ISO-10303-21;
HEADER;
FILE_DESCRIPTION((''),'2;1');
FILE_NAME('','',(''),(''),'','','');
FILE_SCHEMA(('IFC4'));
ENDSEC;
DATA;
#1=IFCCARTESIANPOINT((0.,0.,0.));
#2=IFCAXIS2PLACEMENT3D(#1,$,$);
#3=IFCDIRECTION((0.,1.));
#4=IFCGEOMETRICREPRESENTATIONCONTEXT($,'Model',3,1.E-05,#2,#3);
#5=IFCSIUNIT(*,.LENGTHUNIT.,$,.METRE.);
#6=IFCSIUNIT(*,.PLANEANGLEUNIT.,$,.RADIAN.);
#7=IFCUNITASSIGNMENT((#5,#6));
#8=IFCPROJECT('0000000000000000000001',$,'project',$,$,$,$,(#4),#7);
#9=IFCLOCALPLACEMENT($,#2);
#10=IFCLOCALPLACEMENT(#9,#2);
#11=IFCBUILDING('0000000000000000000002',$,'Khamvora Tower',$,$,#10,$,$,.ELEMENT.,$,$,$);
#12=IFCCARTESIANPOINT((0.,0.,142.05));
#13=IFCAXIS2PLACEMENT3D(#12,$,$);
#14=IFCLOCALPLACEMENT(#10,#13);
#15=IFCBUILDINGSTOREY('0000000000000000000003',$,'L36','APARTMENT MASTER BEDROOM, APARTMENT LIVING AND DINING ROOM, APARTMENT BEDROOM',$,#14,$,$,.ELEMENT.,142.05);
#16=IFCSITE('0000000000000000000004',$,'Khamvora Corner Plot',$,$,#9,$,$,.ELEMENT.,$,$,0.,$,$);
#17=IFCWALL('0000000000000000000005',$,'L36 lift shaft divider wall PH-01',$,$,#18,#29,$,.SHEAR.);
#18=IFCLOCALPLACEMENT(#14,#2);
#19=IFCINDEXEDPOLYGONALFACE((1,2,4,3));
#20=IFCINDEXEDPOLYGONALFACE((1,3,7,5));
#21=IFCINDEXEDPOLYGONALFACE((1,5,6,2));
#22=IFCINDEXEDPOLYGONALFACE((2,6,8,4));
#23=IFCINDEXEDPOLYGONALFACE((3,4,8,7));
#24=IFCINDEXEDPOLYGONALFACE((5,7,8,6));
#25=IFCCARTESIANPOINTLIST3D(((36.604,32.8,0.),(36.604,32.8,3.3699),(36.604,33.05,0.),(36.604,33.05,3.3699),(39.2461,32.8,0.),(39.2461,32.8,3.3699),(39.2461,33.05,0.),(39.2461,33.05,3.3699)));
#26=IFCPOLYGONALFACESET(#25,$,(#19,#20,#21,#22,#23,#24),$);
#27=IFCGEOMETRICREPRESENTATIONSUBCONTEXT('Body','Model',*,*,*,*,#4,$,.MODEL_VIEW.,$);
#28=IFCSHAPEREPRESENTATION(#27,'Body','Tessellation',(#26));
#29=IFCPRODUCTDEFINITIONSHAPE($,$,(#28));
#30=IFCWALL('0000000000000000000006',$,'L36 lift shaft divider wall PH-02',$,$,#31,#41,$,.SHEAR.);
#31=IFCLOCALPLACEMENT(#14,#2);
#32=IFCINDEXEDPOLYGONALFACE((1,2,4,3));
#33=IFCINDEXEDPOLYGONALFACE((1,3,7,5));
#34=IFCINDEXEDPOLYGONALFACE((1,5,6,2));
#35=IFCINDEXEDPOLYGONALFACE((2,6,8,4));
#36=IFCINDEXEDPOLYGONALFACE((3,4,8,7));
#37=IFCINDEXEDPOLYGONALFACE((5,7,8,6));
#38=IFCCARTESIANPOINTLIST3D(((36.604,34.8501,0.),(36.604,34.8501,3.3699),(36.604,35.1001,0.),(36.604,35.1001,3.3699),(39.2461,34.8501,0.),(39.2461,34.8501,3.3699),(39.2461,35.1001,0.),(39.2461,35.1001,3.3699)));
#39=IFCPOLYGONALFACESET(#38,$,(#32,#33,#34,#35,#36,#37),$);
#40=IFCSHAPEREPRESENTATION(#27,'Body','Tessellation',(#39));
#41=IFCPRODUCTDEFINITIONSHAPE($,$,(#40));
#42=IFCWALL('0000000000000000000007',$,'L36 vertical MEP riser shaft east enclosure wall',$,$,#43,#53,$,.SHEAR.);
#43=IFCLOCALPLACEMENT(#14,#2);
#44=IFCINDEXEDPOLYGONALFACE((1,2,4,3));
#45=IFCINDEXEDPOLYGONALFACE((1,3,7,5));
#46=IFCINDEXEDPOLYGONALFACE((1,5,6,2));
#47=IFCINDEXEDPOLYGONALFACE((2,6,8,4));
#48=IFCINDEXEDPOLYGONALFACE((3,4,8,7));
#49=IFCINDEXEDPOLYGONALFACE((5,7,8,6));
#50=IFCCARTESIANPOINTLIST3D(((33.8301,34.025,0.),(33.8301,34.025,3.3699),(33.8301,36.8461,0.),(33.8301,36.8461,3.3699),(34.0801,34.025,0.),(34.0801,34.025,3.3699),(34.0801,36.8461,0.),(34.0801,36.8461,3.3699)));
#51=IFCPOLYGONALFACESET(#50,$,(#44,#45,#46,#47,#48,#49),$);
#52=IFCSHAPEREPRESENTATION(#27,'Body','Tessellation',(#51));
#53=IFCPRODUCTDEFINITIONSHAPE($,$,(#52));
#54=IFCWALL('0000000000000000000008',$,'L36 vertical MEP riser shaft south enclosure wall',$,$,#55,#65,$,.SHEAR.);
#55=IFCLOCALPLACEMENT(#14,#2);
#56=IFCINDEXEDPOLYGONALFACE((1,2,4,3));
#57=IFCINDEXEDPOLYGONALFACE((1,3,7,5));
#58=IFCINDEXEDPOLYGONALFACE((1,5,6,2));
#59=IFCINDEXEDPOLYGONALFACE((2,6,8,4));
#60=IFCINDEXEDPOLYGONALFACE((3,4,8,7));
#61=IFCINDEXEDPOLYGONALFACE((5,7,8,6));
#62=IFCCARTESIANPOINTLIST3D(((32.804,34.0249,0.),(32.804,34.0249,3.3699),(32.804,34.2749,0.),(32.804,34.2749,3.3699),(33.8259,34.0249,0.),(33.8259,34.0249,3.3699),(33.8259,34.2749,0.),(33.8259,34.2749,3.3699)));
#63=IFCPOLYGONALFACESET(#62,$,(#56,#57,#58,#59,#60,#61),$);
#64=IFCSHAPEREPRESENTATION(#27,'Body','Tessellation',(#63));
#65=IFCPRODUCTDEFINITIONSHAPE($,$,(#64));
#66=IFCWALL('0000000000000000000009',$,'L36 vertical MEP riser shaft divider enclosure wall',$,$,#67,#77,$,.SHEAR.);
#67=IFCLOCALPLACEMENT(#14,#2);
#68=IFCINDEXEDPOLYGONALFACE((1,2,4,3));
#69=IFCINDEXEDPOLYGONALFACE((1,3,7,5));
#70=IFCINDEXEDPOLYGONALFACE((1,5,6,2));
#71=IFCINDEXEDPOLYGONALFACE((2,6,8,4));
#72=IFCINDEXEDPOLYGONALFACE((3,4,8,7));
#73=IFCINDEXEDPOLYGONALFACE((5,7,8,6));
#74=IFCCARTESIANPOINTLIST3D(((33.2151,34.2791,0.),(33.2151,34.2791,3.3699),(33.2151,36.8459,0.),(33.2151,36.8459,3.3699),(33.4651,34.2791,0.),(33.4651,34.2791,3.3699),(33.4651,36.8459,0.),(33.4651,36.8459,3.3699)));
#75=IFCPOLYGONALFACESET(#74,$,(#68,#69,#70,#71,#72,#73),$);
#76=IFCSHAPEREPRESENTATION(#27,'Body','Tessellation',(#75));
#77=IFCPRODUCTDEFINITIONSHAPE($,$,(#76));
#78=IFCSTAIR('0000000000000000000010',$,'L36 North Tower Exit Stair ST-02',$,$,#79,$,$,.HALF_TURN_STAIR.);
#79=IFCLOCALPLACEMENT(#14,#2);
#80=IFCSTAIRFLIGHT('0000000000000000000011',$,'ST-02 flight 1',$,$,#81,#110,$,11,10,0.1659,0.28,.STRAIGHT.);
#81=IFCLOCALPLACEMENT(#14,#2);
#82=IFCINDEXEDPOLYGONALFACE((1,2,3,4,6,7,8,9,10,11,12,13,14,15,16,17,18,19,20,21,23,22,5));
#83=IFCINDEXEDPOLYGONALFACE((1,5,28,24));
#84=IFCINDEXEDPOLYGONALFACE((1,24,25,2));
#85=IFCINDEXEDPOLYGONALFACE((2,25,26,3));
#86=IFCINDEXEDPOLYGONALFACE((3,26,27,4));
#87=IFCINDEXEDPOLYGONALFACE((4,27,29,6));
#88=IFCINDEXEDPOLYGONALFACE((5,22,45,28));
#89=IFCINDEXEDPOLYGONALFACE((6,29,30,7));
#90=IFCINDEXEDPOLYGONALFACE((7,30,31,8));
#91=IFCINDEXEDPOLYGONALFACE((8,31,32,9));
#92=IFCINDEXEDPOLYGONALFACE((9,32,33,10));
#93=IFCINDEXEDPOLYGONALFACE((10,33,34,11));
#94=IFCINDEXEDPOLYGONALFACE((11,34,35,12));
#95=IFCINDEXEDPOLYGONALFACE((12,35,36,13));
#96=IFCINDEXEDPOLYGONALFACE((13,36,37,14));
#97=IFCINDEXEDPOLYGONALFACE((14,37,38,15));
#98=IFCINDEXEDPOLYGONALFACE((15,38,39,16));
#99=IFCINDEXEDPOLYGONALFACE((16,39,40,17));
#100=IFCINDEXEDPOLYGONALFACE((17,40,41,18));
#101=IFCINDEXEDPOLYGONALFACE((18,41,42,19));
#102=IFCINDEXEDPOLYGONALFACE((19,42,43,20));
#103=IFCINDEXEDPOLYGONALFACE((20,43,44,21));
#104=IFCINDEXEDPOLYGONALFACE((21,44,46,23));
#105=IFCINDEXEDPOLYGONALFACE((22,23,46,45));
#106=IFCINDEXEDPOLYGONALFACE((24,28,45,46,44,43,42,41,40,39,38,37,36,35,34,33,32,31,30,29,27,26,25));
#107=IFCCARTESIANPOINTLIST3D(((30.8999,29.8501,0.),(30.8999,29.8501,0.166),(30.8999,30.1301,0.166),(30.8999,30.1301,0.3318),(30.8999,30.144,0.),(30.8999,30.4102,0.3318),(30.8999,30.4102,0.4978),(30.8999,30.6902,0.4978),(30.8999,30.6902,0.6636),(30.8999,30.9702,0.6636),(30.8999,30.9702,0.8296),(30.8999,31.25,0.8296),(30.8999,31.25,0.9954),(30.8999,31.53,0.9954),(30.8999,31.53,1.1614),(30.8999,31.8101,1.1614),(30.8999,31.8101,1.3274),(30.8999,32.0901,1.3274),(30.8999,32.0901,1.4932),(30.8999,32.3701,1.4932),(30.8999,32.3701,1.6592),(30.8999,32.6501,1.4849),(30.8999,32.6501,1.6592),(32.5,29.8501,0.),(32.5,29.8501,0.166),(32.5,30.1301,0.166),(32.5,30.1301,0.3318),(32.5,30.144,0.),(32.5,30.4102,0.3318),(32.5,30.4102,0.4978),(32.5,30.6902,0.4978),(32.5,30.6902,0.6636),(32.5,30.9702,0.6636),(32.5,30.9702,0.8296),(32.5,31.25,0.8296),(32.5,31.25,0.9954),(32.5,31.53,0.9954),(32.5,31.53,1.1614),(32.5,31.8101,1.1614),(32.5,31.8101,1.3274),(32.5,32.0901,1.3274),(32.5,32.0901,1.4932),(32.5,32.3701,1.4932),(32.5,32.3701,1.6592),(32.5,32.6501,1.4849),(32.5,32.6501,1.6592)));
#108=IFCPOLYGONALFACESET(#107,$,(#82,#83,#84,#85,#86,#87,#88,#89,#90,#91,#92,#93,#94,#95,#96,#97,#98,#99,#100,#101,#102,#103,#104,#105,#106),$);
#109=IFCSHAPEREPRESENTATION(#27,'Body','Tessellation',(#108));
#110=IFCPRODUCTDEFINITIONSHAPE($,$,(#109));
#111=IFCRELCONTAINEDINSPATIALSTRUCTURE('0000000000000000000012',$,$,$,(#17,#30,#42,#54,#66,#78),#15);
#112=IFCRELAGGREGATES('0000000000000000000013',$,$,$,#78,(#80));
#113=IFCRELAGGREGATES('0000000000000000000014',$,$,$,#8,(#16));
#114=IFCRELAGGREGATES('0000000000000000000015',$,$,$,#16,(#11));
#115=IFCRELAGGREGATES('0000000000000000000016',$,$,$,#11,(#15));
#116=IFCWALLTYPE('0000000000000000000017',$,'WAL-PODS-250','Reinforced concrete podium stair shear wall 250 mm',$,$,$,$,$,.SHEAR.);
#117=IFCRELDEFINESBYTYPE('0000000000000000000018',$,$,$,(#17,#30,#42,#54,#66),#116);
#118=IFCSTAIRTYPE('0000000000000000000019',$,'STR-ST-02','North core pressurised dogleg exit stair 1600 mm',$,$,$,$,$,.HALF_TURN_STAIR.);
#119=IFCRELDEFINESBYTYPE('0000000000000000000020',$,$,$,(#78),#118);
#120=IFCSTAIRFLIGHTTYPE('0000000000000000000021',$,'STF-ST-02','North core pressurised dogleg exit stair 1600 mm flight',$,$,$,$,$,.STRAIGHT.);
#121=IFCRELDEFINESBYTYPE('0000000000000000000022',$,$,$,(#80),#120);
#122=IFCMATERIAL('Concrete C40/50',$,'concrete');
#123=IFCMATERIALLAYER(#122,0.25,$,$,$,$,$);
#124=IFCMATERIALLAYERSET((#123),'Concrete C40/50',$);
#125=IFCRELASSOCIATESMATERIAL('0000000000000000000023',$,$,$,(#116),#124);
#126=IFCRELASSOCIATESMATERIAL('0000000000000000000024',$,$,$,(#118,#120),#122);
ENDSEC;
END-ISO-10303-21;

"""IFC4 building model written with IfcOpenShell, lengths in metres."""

from ifc_helpers import new_model, si_unit, direction, frame, frame_2d, origin, place, context, subcontext, project, spatial, polyline, rectangle, outline, extrude, material, layer, layer_set, type_object, element, aggregate, save


model = new_model("IFC4")

# Units and contexts
model_context = context("Model", 3, precision=1e-05, world=origin(), true_north=direction((0.0, 1.0)))
body_context = subcontext(model_context, "Body", "Model", "MODEL_VIEW")
ifc_project = project(units=[si_unit("LENGTHUNIT", "METRE"), si_unit("PLANEANGLEUNIT", "RADIAN")], contexts=[model_context])

# Site, building, storey
site_placement = place(None, origin())
site = spatial("IfcSite", under=ifc_project, at=site_placement, Name="Khamvora Corner Plot", CompositionType="ELEMENT", RefElevation=0.0)
building_placement = place(site_placement, origin())
building = spatial("IfcBuilding", under=site, at=building_placement, Name="Khamvora Tower", CompositionType="ELEMENT")
storey_placement = place(building_placement, frame((0.0, 0.0, 142.05)))
storey = spatial("IfcBuildingStorey", under=building, at=storey_placement, Name="L36", Description="APARTMENT MASTER BEDROOM, APARTMENT LIVING AND DINING ROOM, APARTMENT BEDROOM", CompositionType="ELEMENT", Elevation=142.05)

# Walls
ifc_material_1 = material(Name="Concrete C40/50", Category="concrete")
ifc_layer_1 = layer(ifc_material_1, 0.25)
ifc_layer_set_1 = layer_set([ifc_layer_1], Name="Concrete C40/50")
wall_type_1 = type_object("IfcWallType", Name="WAL-PODS-250", Description="Reinforced concrete podium stair shear wall 250 mm", PredefinedType="SHEAR", material=ifc_layer_set_1)
for number, where, z_axis, x_axis, name in (
    (1, (36.604, 32.925, 0.0), (0.0, 0.0, 1.0), (1.0, 0.0, 0.0), "L36 lift shaft divider wall PH-01"),
    (2, (36.604, 34.9751, 0.0), (0.0, 0.0, 1.0), (1.0, 0.0, 0.0), "L36 lift shaft divider wall PH-02"),
):
    element("IfcWall", number, at=place(storey_placement, frame(where, z_axis=z_axis, x_axis=x_axis)), inside=storey, type_object=wall_type_1, Name=name, PredefinedType="SHEAR", context=body_context, shape_type="SweptSolid", body=[
        extrude(rectangle(XDim=2.6421, YDim=0.25, at=frame_2d((1.321, 0.0))), origin(), (0.0, 0.0, 1.0), 3.3699),
    ])
wall_1_placement = place(storey_placement, frame((33.9551, 34.0249, 0.0), z_axis=(0.0, 0.0, 1.0), x_axis=(0.0, 1.0, 0.0)))
element("IfcWall", 3, at=wall_1_placement, inside=storey, type_object=wall_type_1, Name="L36 vertical MEP riser shaft east enclosure wall", PredefinedType="SHEAR", context=body_context, shape_type="SweptSolid", body=[
    extrude(rectangle(XDim=2.821, YDim=0.25, at=frame_2d((1.4106, 0.0))), origin(), (0.0, 0.0, 1.0), 3.3699),
])
wall_2_placement = place(storey_placement, frame((32.804, 34.1499, 0.0), z_axis=(0.0, 0.0, 1.0), x_axis=(1.0, 0.0, 0.0)))
element("IfcWall", 4, at=wall_2_placement, inside=storey, type_object=wall_type_1, Name="L36 vertical MEP riser shaft south enclosure wall", PredefinedType="SHEAR", context=body_context, shape_type="SweptSolid", body=[
    extrude(rectangle(XDim=1.022, YDim=0.25, at=frame_2d((0.511, 0.0))), origin(), (0.0, 0.0, 1.0), 3.3699),
])
wall_3_placement = place(storey_placement, frame((33.3401, 34.2791, 0.0), z_axis=(0.0, 0.0, 1.0), x_axis=(0.0, 1.0, 0.0)))
element("IfcWall", 5, at=wall_3_placement, inside=storey, type_object=wall_type_1, Name="L36 vertical MEP riser shaft divider enclosure wall", PredefinedType="SHEAR", context=body_context, shape_type="SweptSolid", body=[
    extrude(rectangle(XDim=2.5669, YDim=0.25, at=frame_2d((1.2834, 0.0))), origin(), (0.0, 0.0, 1.0), 3.3699),
])

# Stair, stair flight
stair_type = type_object("IfcStairType", Name="STR-ST-02", Description="North core pressurised dogleg exit stair 1600 mm", PredefinedType="HALF_TURN_STAIR", material=ifc_material_1)
stair_placement = place(storey_placement, origin())
stair = element("IfcStair", 6, at=stair_placement, inside=storey, type_object=stair_type, Name="L36 North Tower Exit Stair ST-02", PredefinedType="HALF_TURN_STAIR")
stair_flight_type = type_object("IfcStairFlightType", Name="STF-ST-02", Description="North core pressurised dogleg exit stair 1600 mm flight", PredefinedType="STRAIGHT", material=ifc_material_1)
stair_flight_placement = place(storey_placement, frame((31.7, 29.8501, 0.0), z_axis=(0.0, 0.0, 1.0), x_axis=(0.0, 1.0, 0.0)))
stair_flight = element("IfcStairFlight", 7, at=stair_flight_placement, type_object=stair_flight_type, Name="ST-02 flight 1", NumberOfRisers=11, NumberOfTreads=10, PredefinedType="STRAIGHT", RiserHeight=0.1659, TreadLength=0.28, context=body_context, shape_type="SweptSolid", body=[
    extrude(outline(polyline([(0.0, 0.0), (0.0, 0.166), (0.28, 0.166), (0.28, 0.3318), (0.5601, 0.3318), (0.5601, 0.4978), (0.8401, 0.4978), (0.8401, 0.6636), (1.1201, 0.6636), (1.1201, 0.8296), (1.3999, 0.8296), (1.3999, 0.9954), (1.6799, 0.9954), (1.6799, 1.1614), (1.96, 1.1614), (1.96, 1.3274), (2.24, 1.3274), (2.24, 1.4932), (2.52, 1.4932), (2.52, 1.6592), (2.8, 1.6592), (2.8, 1.825), (2.8, 1.4849), (0.2939, 0.0), (0.0, 0.0)])), frame((0.0, 0.8, 0.0), z_axis=(0.0, -1.0, 0.0), x_axis=(1.0, 0.0, 0.0)), (0.0, 0.0, 1.0), 1.6001),
])
aggregate(stair, [stair_flight])

save(model, "model.ifc")
